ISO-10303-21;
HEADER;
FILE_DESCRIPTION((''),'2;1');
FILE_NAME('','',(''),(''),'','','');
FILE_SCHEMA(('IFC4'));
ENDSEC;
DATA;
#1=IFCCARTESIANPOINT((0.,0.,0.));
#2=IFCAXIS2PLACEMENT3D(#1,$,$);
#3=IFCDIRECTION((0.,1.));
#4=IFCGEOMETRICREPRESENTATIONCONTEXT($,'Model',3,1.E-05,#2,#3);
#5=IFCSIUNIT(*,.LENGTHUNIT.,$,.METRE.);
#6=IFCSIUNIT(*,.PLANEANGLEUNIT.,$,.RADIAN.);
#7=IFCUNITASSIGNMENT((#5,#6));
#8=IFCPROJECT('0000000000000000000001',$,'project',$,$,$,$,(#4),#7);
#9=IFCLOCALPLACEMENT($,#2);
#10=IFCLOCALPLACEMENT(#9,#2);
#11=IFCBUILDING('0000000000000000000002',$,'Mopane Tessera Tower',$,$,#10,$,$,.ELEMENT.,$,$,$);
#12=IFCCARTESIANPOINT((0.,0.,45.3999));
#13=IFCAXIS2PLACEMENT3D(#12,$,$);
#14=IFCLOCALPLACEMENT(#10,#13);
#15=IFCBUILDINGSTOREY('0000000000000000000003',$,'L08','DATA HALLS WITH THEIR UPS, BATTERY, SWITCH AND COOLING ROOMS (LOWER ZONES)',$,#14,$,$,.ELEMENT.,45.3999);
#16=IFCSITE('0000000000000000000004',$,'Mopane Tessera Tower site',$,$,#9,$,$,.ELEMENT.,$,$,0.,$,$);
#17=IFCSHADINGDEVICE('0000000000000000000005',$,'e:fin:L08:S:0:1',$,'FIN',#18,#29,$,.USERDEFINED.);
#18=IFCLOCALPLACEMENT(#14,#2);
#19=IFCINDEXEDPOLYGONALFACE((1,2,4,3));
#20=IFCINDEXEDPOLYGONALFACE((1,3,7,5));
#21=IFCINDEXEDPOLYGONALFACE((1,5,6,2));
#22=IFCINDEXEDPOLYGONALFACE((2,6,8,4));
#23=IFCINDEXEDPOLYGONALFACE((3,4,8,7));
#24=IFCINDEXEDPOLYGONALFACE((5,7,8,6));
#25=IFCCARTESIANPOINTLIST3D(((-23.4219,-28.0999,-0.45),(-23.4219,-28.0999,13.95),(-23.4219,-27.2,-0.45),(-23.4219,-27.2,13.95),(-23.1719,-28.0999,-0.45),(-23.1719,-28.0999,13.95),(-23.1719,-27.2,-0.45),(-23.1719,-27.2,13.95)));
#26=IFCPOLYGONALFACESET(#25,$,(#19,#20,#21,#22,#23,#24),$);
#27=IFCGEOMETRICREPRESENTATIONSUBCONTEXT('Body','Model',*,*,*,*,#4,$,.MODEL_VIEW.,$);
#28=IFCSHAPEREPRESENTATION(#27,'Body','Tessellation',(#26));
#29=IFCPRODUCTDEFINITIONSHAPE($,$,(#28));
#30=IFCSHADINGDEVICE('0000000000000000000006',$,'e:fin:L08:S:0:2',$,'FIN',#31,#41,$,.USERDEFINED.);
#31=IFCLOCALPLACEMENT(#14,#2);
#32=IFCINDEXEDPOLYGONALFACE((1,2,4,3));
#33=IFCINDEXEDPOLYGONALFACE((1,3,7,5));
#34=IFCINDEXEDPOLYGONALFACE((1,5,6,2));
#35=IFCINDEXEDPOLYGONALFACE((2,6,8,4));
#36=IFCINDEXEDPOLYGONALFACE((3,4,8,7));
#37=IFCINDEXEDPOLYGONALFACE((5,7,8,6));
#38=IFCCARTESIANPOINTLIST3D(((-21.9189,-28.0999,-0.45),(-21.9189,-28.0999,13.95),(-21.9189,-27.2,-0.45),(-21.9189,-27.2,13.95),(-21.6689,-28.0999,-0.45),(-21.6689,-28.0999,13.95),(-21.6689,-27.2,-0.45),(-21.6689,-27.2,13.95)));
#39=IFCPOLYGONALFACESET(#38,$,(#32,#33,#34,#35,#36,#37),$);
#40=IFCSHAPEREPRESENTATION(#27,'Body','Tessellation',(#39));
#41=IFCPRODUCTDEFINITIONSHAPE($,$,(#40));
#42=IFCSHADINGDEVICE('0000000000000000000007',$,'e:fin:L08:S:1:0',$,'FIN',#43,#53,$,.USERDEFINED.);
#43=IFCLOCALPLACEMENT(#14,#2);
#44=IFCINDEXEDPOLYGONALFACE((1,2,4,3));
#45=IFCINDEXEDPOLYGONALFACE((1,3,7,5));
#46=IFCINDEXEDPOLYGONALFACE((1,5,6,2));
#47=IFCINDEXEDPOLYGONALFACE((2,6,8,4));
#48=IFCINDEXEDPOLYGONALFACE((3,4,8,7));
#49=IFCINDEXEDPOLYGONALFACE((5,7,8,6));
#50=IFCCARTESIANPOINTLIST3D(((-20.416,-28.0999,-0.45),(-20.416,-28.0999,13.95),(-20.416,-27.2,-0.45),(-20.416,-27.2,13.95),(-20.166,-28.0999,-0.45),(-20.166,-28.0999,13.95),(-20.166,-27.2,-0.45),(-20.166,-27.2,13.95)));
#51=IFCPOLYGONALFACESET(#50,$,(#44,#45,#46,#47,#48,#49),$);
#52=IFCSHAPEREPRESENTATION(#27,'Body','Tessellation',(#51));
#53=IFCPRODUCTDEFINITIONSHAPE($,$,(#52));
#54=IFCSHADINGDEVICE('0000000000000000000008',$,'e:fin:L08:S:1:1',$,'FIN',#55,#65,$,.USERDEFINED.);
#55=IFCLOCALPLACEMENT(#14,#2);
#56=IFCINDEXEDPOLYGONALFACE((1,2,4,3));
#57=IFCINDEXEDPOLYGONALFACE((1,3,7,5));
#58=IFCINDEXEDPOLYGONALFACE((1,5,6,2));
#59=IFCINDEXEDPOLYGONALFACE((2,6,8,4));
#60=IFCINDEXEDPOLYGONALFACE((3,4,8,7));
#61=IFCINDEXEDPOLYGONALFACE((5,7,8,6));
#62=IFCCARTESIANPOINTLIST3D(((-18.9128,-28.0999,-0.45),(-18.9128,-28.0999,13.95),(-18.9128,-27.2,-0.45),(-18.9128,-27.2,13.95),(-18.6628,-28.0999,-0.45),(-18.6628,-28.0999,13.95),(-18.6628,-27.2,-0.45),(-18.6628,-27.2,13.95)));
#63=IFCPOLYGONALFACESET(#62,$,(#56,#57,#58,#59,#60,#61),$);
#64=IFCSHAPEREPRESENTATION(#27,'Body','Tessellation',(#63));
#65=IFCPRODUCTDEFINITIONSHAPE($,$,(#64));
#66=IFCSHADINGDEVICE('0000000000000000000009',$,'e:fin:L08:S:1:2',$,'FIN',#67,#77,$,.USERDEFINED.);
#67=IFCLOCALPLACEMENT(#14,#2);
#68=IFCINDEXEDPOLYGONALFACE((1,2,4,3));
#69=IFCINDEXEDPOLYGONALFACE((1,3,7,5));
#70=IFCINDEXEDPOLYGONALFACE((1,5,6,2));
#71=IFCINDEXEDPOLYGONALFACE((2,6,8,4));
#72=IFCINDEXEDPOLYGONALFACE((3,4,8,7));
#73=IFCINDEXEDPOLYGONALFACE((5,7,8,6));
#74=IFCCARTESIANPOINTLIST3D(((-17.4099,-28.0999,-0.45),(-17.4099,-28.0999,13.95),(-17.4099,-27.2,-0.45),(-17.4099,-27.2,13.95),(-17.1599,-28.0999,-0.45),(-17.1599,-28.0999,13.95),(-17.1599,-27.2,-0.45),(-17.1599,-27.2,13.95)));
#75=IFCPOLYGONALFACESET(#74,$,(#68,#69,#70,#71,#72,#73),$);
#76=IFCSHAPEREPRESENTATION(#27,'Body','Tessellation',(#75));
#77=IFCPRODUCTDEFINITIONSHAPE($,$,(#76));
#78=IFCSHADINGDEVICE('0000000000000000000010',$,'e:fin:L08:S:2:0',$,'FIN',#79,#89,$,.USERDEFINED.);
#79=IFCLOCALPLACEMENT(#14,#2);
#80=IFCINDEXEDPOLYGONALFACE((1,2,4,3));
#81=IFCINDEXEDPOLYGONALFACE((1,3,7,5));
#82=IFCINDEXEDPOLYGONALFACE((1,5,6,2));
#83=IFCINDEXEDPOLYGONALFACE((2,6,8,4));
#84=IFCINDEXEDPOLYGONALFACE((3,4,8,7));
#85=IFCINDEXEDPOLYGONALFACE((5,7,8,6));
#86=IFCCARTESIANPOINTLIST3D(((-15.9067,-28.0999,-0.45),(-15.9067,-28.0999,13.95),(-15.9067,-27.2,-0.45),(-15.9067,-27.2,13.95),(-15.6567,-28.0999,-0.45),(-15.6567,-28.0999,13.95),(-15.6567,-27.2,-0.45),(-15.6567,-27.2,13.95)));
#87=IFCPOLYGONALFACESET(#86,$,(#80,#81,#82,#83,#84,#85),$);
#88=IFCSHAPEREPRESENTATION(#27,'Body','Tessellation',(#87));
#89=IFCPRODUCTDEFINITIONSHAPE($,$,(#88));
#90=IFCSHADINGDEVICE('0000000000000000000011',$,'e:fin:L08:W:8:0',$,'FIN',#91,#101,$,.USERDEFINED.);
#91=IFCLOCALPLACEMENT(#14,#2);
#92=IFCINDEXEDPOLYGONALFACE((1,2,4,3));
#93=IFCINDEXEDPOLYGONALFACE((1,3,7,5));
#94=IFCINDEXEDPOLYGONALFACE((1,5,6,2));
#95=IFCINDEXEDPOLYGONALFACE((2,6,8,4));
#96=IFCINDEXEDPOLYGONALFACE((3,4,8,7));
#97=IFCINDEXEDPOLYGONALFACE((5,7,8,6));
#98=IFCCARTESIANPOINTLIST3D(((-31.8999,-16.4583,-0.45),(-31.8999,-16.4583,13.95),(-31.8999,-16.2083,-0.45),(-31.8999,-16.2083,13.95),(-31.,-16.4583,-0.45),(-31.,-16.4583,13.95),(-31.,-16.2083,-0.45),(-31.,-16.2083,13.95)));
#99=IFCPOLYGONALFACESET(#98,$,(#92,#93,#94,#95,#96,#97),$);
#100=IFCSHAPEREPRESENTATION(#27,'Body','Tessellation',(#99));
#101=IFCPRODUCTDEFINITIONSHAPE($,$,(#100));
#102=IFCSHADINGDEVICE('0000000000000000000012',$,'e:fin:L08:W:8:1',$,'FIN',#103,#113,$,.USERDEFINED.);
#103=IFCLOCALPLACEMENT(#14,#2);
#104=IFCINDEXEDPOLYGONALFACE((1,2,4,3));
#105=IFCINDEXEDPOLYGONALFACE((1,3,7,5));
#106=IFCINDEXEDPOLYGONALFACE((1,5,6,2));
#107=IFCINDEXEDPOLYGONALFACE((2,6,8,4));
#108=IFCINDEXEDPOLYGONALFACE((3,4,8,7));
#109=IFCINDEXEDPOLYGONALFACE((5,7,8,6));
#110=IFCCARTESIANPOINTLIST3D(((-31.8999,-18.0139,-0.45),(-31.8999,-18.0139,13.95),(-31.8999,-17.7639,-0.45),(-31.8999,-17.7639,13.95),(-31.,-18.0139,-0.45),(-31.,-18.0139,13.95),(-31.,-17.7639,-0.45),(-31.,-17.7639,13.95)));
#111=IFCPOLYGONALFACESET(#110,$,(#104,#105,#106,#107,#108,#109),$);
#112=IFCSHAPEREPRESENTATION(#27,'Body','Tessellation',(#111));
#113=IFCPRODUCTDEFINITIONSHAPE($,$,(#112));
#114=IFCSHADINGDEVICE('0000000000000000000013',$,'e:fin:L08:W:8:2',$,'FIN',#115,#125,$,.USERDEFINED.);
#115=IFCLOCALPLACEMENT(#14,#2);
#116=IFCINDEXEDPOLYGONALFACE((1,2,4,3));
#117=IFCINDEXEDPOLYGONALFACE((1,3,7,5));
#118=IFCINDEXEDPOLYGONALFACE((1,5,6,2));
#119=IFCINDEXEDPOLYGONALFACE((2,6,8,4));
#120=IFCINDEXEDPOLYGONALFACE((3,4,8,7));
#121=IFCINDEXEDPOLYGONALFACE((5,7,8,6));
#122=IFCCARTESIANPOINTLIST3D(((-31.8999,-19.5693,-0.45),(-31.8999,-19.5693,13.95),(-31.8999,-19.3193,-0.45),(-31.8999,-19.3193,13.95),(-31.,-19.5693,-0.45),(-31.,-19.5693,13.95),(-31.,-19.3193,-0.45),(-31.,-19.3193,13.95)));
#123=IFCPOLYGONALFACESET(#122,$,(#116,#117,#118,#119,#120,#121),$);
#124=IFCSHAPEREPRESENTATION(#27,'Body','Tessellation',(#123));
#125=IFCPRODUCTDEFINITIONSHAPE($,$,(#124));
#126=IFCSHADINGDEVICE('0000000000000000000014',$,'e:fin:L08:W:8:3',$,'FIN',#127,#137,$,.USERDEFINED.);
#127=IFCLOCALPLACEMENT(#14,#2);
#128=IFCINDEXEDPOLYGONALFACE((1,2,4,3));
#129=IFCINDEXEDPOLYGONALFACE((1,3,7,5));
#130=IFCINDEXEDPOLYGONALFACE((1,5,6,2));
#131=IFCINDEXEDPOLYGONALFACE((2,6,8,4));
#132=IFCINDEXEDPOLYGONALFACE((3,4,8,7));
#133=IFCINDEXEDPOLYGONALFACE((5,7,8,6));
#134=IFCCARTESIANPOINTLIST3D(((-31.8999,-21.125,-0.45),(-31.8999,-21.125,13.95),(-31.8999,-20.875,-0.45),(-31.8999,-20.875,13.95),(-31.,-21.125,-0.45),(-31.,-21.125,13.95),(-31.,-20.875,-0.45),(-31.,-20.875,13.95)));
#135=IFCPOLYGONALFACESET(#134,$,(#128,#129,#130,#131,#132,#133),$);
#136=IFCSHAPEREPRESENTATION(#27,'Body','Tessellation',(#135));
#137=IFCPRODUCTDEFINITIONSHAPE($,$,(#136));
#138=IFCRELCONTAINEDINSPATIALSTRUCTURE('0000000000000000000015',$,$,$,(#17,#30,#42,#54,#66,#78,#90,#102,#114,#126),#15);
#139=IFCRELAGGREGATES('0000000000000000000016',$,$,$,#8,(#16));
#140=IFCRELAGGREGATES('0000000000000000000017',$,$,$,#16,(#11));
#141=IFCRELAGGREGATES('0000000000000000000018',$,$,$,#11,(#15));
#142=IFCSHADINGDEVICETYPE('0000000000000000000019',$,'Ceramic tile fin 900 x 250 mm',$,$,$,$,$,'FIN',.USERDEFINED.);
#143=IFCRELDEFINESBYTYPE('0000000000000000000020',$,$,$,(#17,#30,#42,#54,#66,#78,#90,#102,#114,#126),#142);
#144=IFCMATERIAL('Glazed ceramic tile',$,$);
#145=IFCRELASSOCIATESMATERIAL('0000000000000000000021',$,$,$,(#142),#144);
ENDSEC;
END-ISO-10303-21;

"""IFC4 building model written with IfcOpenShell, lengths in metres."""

from ifc_helpers import new_model, si_unit, direction, frame, origin, origin_2d, place, context, subcontext, project, spatial, rectangle, extrude, material, type_object, element, save


model = new_model("IFC4")

# Units and contexts
model_context = context("Model", 3, precision=1e-05, world=origin(), true_north=direction((0.0, 1.0)))
body_context = subcontext(model_context, "Body", "Model", "MODEL_VIEW")
ifc_project = project(units=[si_unit("LENGTHUNIT", "METRE"), si_unit("PLANEANGLEUNIT", "RADIAN")], contexts=[model_context])

# Site, building, storey
site_placement = place(None, origin())
site = spatial("IfcSite", under=ifc_project, at=site_placement, Name="Mopane Tessera Tower site", CompositionType="ELEMENT", RefElevation=0.0)
building_placement = place(site_placement, origin())
building = spatial("IfcBuilding", under=site, at=building_placement, Name="Mopane Tessera Tower", CompositionType="ELEMENT")
storey_placement = place(building_placement, frame((0.0, 0.0, 45.3999)))
storey = spatial("IfcBuildingStorey", under=building, at=storey_placement, Name="L08", Description="DATA HALLS WITH THEIR UPS, BATTERY, SWITCH AND COOLING ROOMS (LOWER ZONES)", CompositionType="ELEMENT", Elevation=45.3999)

# Shading devices
ifc_material_1 = material(Name="Glazed ceramic tile")
shading_device_type = type_object("IfcShadingDeviceType", Name="Ceramic tile fin 900 x 250 mm", ElementType="FIN", PredefinedType="USERDEFINED", material=ifc_material_1)
for number, where, z_axis, x_axis, name in (
    (1, (-23.2969, -27.6499, -0.45), (0.0, 0.0, 1.0), (1.0, 0.0, 0.0), "e:fin:L08:S:0:1"),
    (2, (-21.7939, -27.6499, -0.45), (0.0, 0.0, 1.0), (1.0, 0.0, 0.0), "e:fin:L08:S:0:2"),
    (3, (-20.291, -27.6499, -0.45), (0.0, 0.0, 1.0), (1.0, 0.0, 0.0), "e:fin:L08:S:1:0"),
    (4, (-18.7878, -27.6499, -0.45), (0.0, 0.0, 1.0), (1.0, 0.0, 0.0), "e:fin:L08:S:1:1"),
    (5, (-17.2849, -27.6499, -0.45), (0.0, 0.0, 1.0), (1.0, 0.0, 0.0), "e:fin:L08:S:1:2"),
    (6, (-15.7817, -27.6499, -0.45), (0.0, 0.0, 1.0), (1.0, 0.0, 0.0), "e:fin:L08:S:2:0"),
    (7, (-31.45, -16.3333, -0.45), (0.0, 0.0, 1.0), (0.0, -1.0, 0.0), "e:fin:L08:W:8:0"),
    (8, (-31.45, -17.8889, -0.45), (0.0, 0.0, 1.0), (0.0, -1.0, 0.0), "e:fin:L08:W:8:1"),
    (9, (-31.45, -19.4443, -0.45), (0.0, 0.0, 1.0), (0.0, -1.0, 0.0), "e:fin:L08:W:8:2"),
    (10, (-31.45, -21.0, -0.45), (0.0, 0.0, 1.0), (0.0, -1.0, 0.0), "e:fin:L08:W:8:3"),
):
    element("IfcShadingDevice", number, at=place(storey_placement, frame(where, z_axis=z_axis, x_axis=x_axis)), inside=storey, type_object=shading_device_type, Name=name, ObjectType="FIN", PredefinedType="USERDEFINED", context=body_context, shape_type="SweptSolid", body=[
        extrude(rectangle(XDim=0.25, YDim=0.8999, at=origin_2d()), origin(), (0.0, 0.0, 1.0), 14.3999),
    ])

save(model, "model.ifc")
